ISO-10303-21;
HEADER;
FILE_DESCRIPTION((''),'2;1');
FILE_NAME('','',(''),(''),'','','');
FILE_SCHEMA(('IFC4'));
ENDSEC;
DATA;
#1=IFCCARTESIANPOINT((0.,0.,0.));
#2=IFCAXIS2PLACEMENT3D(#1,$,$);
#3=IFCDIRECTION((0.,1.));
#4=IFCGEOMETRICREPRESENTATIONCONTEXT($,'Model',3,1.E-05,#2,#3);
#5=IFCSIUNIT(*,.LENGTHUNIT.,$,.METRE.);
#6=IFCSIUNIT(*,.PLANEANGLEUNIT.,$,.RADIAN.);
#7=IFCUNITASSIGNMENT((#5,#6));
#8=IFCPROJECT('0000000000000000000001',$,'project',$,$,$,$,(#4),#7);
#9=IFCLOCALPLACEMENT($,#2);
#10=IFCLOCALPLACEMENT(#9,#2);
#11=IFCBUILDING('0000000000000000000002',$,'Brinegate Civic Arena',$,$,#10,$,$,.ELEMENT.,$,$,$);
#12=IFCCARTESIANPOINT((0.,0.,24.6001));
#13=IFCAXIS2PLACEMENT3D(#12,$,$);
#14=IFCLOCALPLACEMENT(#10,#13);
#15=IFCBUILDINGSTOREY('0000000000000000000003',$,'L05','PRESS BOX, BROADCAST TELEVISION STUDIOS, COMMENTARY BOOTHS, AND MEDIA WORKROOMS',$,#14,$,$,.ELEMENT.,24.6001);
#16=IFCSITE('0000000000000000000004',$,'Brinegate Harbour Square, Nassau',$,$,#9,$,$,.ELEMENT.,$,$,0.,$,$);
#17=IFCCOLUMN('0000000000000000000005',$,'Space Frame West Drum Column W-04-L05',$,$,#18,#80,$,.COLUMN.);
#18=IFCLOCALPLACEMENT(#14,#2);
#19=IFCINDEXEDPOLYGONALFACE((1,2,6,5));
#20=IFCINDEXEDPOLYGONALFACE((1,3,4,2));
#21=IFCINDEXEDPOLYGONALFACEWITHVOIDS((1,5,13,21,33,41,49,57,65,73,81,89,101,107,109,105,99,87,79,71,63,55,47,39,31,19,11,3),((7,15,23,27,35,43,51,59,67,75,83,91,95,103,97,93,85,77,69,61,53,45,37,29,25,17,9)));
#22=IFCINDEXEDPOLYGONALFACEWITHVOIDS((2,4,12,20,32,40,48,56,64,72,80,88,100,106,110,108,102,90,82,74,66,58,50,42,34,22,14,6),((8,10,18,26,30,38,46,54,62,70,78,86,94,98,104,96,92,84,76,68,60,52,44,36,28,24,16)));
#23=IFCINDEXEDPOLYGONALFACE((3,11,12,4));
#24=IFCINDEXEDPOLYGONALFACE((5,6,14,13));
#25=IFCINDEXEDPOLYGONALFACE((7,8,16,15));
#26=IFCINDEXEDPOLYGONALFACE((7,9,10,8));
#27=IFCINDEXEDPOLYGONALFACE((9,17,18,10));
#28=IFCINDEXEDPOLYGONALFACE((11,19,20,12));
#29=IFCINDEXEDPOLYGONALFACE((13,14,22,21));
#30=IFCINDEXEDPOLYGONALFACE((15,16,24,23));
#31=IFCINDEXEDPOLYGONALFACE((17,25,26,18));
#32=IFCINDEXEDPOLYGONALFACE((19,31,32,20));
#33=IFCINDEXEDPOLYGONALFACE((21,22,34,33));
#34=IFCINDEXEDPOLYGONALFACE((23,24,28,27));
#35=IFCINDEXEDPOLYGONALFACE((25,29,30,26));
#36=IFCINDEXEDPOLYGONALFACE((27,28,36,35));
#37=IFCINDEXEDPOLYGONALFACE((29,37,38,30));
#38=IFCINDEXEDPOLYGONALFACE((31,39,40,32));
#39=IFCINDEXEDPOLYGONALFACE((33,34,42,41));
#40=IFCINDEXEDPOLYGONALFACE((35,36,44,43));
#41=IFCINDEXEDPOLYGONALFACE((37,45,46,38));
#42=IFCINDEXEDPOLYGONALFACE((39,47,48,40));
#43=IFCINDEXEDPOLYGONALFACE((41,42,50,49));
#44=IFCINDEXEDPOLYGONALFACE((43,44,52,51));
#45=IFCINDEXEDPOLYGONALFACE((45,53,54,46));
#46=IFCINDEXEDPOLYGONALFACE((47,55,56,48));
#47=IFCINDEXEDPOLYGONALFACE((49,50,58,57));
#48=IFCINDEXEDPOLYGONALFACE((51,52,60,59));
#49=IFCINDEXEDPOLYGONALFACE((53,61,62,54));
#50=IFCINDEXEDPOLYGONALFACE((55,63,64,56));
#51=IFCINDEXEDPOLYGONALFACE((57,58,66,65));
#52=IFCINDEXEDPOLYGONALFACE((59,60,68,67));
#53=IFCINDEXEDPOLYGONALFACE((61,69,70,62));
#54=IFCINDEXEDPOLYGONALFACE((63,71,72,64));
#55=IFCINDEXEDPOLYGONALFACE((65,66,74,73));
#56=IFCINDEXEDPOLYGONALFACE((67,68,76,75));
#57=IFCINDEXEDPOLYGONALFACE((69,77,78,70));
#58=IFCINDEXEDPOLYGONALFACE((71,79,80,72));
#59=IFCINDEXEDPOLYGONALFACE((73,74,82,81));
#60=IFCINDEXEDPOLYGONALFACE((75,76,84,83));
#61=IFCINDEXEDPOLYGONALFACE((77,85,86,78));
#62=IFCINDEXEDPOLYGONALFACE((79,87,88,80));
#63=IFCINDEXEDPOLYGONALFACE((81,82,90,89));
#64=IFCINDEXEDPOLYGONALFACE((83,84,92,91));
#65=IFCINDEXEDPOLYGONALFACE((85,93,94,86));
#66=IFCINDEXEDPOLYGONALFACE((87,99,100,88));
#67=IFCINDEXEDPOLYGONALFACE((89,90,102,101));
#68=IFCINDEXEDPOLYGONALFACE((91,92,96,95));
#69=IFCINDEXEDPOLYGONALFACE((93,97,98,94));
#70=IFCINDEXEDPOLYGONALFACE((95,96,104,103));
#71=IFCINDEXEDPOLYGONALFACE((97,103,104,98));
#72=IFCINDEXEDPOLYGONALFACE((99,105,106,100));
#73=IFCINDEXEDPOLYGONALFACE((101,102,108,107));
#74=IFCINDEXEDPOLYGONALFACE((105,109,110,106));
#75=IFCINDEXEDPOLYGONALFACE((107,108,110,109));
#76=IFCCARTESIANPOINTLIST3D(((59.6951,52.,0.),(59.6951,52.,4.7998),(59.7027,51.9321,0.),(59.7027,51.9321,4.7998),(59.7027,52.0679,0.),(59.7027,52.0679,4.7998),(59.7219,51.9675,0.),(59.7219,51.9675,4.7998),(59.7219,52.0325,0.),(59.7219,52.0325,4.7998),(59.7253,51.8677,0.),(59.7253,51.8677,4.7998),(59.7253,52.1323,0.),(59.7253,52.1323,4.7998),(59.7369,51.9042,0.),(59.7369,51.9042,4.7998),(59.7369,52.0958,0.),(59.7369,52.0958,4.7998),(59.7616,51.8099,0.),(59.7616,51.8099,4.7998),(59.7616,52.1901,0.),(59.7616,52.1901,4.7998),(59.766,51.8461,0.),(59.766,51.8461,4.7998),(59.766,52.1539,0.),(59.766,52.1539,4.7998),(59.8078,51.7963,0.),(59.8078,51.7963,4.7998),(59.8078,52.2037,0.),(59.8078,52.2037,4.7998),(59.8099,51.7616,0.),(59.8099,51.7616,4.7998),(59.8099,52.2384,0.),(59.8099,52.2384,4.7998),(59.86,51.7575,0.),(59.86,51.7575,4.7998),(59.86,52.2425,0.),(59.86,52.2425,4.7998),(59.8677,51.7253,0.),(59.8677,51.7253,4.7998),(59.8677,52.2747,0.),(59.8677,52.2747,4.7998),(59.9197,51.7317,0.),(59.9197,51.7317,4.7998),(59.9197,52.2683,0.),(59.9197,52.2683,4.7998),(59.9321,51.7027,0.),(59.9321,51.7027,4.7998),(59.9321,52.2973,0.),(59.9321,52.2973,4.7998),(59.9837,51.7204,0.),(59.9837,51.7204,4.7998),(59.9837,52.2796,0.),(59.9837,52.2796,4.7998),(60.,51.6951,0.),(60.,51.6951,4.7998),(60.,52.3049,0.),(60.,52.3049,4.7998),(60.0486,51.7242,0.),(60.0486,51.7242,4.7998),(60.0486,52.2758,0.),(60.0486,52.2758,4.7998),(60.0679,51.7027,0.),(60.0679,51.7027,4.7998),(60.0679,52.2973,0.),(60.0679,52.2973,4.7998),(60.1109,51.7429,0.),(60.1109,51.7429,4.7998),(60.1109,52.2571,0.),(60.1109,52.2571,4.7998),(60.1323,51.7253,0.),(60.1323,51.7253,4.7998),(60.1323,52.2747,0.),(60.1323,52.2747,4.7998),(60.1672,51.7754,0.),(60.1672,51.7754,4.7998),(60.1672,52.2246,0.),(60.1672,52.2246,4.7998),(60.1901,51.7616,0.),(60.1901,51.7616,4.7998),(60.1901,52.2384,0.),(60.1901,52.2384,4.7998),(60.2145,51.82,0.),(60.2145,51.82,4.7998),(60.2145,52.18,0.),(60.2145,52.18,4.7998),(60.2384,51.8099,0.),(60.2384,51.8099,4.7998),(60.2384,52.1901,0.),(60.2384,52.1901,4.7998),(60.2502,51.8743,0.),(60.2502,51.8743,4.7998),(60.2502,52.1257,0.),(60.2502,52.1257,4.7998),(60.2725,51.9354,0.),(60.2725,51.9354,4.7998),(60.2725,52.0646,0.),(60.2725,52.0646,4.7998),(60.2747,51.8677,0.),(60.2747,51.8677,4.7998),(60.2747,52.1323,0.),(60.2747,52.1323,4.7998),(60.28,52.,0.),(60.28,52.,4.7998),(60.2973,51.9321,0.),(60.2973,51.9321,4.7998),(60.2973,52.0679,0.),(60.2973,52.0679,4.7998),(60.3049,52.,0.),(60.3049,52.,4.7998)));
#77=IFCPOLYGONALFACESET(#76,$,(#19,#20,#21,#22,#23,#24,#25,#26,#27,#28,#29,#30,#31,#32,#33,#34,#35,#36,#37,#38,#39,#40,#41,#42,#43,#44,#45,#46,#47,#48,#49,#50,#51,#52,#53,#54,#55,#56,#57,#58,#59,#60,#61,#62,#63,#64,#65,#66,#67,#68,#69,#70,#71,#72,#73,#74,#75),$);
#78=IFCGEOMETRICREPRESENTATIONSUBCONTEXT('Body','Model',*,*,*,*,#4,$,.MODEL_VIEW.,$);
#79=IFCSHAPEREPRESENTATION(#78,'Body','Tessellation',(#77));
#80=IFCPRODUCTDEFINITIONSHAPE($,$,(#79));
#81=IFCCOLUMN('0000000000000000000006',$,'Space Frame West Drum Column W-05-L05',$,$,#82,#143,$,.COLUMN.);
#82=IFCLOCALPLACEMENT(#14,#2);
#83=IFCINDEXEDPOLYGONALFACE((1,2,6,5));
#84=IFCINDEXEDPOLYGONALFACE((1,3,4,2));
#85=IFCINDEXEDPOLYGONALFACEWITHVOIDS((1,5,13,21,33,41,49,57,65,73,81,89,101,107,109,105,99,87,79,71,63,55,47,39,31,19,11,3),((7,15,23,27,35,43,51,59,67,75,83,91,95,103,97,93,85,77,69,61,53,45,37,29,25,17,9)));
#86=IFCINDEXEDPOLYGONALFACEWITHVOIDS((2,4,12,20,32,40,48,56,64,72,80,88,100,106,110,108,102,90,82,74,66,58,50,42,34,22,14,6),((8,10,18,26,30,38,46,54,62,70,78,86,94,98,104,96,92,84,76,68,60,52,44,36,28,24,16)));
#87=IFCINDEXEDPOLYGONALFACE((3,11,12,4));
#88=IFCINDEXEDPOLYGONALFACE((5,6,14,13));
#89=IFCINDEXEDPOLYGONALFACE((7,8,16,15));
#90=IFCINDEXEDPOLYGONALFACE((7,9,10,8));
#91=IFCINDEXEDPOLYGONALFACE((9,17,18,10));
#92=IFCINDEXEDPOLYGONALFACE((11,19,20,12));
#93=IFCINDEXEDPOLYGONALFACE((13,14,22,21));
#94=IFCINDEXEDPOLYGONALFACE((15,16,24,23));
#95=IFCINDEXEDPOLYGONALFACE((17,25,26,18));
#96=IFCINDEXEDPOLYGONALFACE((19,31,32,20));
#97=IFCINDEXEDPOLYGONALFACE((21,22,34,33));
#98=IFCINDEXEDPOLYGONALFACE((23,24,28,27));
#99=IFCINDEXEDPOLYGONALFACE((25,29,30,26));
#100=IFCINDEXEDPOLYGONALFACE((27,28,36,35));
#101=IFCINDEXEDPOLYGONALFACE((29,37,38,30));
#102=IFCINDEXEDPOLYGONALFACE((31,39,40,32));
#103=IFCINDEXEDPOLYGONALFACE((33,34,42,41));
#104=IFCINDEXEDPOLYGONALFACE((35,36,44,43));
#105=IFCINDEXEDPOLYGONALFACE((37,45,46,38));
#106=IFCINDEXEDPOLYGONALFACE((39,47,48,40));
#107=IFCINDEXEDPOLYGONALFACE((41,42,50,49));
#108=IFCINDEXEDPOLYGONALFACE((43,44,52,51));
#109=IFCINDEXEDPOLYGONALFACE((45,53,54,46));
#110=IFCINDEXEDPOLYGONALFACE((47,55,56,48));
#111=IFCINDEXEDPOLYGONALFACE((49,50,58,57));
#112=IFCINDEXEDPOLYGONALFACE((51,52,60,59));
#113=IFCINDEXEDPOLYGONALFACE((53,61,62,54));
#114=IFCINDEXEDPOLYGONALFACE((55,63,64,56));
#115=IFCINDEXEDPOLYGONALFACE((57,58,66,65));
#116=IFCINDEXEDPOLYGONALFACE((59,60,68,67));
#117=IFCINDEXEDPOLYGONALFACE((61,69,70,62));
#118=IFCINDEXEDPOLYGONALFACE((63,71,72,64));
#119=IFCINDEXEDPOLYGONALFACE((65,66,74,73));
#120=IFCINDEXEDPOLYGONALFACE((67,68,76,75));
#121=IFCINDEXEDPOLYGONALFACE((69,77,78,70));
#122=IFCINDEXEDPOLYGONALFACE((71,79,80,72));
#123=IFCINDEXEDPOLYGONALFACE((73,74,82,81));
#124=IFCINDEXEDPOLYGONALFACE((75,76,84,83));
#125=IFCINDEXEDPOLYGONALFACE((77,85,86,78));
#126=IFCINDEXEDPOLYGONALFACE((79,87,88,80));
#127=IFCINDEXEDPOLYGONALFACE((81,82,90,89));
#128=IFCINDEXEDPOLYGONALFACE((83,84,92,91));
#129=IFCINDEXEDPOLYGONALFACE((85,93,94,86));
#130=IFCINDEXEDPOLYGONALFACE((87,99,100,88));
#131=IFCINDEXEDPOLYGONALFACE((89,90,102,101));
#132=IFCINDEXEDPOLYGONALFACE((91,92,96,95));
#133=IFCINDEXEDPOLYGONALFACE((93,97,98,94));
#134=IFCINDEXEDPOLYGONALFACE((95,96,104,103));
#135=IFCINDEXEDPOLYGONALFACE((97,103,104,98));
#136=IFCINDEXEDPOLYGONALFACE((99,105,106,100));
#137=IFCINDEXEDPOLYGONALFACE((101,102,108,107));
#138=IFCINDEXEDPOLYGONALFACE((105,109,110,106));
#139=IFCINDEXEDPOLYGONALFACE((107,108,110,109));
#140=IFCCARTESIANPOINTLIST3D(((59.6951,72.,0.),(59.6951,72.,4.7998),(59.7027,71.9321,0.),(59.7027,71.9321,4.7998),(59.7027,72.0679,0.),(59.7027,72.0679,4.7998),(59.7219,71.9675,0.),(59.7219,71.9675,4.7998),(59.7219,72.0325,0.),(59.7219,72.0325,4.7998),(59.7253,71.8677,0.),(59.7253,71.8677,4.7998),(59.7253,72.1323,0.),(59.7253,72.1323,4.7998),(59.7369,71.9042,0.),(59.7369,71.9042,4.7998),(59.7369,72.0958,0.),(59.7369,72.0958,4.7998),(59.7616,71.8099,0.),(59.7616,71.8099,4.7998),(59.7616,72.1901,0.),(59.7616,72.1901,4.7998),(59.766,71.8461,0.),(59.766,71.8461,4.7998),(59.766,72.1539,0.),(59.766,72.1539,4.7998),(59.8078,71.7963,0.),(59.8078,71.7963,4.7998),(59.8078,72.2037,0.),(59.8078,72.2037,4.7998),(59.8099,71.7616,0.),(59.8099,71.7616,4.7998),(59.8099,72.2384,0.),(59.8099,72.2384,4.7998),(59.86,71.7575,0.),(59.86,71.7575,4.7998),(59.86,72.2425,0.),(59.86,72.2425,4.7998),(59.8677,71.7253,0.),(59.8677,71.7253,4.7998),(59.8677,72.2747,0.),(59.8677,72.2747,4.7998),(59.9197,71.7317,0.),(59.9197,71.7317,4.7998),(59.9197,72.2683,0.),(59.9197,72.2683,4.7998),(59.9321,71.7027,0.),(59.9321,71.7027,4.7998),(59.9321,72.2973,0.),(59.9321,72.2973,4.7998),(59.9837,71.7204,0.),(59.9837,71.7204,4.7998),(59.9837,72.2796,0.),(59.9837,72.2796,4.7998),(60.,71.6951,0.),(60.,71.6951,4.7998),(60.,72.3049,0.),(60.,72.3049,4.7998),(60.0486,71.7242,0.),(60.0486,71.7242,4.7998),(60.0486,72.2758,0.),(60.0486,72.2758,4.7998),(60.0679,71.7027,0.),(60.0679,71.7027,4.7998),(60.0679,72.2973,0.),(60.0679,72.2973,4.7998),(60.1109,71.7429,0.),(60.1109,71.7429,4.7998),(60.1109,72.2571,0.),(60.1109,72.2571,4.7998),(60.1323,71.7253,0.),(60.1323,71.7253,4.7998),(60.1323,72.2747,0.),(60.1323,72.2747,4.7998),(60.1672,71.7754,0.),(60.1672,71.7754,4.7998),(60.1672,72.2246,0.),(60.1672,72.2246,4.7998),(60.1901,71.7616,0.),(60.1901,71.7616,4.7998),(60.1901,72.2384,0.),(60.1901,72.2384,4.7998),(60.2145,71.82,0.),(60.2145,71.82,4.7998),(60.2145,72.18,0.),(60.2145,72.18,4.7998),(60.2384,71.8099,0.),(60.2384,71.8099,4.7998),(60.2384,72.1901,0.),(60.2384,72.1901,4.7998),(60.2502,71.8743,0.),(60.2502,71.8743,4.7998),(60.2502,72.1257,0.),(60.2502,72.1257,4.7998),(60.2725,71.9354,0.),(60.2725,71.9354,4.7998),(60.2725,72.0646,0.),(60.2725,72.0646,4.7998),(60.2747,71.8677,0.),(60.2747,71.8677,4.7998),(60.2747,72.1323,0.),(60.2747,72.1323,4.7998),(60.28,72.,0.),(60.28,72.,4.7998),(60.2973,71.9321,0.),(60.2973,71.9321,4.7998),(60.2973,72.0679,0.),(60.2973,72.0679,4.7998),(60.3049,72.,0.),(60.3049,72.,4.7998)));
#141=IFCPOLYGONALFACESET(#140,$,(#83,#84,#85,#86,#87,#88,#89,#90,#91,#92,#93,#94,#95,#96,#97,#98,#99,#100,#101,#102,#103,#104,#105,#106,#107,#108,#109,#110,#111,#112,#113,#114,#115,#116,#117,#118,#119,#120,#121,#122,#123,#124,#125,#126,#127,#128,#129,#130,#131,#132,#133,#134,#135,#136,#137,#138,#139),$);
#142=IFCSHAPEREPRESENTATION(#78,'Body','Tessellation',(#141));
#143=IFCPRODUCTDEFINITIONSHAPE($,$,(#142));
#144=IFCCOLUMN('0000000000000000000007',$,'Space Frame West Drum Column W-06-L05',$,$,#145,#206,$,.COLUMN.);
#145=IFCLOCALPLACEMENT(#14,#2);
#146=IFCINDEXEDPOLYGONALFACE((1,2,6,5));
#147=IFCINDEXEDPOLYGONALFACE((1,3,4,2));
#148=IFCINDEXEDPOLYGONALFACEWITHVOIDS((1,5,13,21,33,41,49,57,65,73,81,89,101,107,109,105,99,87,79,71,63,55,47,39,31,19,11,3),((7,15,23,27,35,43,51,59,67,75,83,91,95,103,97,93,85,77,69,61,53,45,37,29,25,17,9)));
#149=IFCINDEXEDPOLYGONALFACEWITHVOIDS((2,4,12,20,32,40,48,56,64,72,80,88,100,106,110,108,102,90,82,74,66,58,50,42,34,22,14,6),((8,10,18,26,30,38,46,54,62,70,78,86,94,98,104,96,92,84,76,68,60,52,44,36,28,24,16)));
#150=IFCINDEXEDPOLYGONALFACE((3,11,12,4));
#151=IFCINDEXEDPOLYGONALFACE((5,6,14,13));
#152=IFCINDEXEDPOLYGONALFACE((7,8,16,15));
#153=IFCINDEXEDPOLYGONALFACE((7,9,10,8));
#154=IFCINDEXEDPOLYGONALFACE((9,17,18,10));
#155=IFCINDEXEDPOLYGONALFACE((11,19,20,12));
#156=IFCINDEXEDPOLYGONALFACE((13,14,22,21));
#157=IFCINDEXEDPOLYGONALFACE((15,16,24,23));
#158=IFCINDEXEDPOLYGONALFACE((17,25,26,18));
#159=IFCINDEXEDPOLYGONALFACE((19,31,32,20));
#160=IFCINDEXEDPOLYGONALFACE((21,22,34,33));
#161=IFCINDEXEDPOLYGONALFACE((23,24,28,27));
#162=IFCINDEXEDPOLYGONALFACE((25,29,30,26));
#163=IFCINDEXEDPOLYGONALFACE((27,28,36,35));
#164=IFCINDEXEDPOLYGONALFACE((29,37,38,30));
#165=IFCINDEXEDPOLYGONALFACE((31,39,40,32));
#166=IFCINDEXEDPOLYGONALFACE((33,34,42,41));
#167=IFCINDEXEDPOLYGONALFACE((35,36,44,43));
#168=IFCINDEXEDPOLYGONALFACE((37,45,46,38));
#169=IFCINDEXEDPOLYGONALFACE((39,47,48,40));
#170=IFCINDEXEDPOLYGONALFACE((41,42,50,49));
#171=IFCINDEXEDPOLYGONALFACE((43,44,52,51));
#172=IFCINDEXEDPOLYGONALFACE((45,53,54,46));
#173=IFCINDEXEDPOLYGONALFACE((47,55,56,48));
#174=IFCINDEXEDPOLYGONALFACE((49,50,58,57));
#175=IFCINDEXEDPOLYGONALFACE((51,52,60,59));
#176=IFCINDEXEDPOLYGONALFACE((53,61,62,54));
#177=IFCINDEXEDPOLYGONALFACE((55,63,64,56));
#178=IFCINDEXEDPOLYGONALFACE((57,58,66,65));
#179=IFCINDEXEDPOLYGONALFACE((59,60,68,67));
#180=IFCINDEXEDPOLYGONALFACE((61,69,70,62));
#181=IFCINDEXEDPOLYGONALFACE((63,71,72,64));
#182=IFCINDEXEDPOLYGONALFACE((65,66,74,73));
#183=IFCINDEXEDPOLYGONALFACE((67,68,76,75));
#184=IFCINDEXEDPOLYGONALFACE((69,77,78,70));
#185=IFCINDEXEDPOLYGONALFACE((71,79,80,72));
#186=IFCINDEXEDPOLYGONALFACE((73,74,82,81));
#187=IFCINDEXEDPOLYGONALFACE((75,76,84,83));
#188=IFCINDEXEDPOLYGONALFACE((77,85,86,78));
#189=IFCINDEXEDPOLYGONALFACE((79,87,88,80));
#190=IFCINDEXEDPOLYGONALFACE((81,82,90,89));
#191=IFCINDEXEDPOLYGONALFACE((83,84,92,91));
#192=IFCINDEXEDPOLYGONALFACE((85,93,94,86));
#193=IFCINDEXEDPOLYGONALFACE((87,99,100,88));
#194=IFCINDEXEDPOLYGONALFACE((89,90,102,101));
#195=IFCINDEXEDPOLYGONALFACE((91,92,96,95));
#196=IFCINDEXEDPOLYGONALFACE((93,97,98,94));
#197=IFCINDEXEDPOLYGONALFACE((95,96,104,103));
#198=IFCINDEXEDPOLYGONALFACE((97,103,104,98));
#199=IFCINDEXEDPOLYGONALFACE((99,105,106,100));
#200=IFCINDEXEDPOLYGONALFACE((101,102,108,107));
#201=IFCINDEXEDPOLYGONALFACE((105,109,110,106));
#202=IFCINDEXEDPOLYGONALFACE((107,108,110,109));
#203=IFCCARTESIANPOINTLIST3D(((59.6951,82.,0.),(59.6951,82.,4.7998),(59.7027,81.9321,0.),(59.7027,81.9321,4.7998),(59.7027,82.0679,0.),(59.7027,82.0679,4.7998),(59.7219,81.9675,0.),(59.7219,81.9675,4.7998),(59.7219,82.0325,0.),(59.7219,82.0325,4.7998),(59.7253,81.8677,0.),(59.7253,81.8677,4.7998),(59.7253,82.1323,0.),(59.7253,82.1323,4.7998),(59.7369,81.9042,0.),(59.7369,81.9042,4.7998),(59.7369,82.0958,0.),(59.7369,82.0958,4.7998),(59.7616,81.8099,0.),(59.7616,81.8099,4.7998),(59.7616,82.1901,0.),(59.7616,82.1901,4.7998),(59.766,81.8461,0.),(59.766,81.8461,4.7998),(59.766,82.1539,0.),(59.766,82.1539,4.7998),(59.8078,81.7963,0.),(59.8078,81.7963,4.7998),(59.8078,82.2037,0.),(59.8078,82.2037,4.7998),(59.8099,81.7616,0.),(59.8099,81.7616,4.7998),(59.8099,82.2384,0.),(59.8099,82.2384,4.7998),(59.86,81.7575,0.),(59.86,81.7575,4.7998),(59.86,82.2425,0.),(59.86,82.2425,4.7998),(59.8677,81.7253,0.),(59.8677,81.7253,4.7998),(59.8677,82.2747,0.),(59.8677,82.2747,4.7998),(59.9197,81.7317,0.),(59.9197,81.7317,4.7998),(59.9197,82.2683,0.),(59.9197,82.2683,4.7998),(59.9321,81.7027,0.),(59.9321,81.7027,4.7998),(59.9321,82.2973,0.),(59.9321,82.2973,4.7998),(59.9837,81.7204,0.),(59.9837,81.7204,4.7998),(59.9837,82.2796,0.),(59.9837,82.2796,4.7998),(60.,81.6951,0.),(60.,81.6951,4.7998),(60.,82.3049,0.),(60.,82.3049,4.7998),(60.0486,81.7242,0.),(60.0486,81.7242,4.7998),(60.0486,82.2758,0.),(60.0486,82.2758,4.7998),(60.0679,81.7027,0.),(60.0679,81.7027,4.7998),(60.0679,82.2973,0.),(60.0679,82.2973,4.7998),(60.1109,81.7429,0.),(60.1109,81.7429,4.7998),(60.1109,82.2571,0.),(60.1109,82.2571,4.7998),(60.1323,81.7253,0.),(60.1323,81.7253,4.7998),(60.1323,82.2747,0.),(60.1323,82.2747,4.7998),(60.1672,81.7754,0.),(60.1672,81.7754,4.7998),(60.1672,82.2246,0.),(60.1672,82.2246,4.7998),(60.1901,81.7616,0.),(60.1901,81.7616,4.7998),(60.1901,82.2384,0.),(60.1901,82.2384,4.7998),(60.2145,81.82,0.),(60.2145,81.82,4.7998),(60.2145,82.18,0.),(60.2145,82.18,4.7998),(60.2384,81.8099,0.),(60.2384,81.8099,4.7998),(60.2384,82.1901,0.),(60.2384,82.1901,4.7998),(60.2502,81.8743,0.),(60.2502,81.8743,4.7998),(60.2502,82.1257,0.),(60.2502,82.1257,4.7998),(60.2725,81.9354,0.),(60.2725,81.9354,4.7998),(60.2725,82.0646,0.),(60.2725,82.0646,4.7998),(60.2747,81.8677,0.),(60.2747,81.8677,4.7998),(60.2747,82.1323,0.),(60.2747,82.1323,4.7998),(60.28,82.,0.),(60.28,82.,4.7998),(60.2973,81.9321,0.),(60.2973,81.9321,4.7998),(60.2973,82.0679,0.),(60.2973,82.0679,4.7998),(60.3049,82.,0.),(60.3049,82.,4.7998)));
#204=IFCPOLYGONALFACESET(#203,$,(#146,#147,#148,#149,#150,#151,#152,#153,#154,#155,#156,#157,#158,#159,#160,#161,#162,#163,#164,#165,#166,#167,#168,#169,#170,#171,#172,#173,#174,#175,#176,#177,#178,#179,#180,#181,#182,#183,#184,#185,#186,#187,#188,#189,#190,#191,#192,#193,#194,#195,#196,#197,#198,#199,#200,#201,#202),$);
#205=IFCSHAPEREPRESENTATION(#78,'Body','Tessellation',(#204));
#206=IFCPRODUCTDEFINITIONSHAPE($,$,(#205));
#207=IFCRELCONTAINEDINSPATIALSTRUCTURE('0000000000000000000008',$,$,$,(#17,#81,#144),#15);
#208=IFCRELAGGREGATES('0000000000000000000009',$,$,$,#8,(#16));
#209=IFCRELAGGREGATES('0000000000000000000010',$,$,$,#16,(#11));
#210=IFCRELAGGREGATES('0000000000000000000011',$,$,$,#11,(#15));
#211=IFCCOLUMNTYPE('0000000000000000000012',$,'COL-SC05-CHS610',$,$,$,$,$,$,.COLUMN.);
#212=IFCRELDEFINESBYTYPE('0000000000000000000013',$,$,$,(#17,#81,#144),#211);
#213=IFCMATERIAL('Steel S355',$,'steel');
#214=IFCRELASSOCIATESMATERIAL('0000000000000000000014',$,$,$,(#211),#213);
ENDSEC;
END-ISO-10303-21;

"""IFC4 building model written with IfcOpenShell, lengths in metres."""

from ifc_helpers import new_model, si_unit, direction, frame, origin, origin_2d, place, context, subcontext, project, spatial, hollow_circle, extrude, material, material_profile, profile_set, type_object, element, save


model = new_model("IFC4")

# Units and contexts
model_context = context("Model", 3, precision=1e-05, world=origin(), true_north=direction((0.0, 1.0)))
body_context = subcontext(model_context, "Body", "Model", "MODEL_VIEW")
ifc_project = project(units=[si_unit("LENGTHUNIT", "METRE"), si_unit("PLANEANGLEUNIT", "RADIAN")], contexts=[model_context])

# Site, building, storey
site_placement = place(None, origin())
site = spatial("IfcSite", under=ifc_project, at=site_placement, Name="Brinegate Harbour Square, Nassau", CompositionType="ELEMENT", RefElevation=0.0)
building_placement = place(site_placement, origin())
building = spatial("IfcBuilding", under=site, at=building_placement, Name="Brinegate Civic Arena", CompositionType="ELEMENT")
storey_placement = place(building_placement, frame((0.0, 0.0, 24.6001)))
storey = spatial("IfcBuildingStorey", under=building, at=storey_placement, Name="L05", Description="PRESS BOX, BROADCAST TELEVISION STUDIOS, COMMENTARY BOOTHS, AND MEDIA WORKROOMS", CompositionType="ELEMENT", Elevation=24.6001)

# Columns
ifc_material_1 = material(Name="Steel S355", Category="steel")
ifc_material_profile_1 = material_profile(ifc_material_1, hollow_circle(Radius=0.3049, WallThickness=0.0249, at=origin_2d()), Name="CHS610X25")
ifc_profile_set_1 = profile_set([ifc_material_profile_1], Name="Steel S355")
column_type = type_object("IfcColumnType", Name="COL-SC05-CHS610", PredefinedType="COLUMN", material=ifc_profile_set_1)
for number, where, z_axis, x_axis, name in (
    (1, (60.0, 52.0, 0.0), (0.0, 0.0, 1.0), (1.0, 0.0, 0.0), "Space Frame West Drum Column W-04-L05"),
    (2, (60.0, 72.0, 0.0), (0.0, 0.0, 1.0), (1.0, 0.0, 0.0), "Space Frame West Drum Column W-05-L05"),
    (3, (60.0, 82.0, 0.0), (0.0, 0.0, 1.0), (1.0, 0.0, 0.0), "Space Frame West Drum Column W-06-L05"),
):
    element("IfcColumn", number, at=place(storey_placement, frame(where, z_axis=z_axis, x_axis=x_axis)), inside=storey, type_object=column_type, Name=name, PredefinedType="COLUMN", context=body_context, shape_type="SweptSolid", body=[
        extrude(hollow_circle(Radius=0.3049, WallThickness=0.0249, at=origin_2d()), origin(), (0.0, 0.0, 1.0), 4.7998),
    ])

save(model, "model.ifc")
